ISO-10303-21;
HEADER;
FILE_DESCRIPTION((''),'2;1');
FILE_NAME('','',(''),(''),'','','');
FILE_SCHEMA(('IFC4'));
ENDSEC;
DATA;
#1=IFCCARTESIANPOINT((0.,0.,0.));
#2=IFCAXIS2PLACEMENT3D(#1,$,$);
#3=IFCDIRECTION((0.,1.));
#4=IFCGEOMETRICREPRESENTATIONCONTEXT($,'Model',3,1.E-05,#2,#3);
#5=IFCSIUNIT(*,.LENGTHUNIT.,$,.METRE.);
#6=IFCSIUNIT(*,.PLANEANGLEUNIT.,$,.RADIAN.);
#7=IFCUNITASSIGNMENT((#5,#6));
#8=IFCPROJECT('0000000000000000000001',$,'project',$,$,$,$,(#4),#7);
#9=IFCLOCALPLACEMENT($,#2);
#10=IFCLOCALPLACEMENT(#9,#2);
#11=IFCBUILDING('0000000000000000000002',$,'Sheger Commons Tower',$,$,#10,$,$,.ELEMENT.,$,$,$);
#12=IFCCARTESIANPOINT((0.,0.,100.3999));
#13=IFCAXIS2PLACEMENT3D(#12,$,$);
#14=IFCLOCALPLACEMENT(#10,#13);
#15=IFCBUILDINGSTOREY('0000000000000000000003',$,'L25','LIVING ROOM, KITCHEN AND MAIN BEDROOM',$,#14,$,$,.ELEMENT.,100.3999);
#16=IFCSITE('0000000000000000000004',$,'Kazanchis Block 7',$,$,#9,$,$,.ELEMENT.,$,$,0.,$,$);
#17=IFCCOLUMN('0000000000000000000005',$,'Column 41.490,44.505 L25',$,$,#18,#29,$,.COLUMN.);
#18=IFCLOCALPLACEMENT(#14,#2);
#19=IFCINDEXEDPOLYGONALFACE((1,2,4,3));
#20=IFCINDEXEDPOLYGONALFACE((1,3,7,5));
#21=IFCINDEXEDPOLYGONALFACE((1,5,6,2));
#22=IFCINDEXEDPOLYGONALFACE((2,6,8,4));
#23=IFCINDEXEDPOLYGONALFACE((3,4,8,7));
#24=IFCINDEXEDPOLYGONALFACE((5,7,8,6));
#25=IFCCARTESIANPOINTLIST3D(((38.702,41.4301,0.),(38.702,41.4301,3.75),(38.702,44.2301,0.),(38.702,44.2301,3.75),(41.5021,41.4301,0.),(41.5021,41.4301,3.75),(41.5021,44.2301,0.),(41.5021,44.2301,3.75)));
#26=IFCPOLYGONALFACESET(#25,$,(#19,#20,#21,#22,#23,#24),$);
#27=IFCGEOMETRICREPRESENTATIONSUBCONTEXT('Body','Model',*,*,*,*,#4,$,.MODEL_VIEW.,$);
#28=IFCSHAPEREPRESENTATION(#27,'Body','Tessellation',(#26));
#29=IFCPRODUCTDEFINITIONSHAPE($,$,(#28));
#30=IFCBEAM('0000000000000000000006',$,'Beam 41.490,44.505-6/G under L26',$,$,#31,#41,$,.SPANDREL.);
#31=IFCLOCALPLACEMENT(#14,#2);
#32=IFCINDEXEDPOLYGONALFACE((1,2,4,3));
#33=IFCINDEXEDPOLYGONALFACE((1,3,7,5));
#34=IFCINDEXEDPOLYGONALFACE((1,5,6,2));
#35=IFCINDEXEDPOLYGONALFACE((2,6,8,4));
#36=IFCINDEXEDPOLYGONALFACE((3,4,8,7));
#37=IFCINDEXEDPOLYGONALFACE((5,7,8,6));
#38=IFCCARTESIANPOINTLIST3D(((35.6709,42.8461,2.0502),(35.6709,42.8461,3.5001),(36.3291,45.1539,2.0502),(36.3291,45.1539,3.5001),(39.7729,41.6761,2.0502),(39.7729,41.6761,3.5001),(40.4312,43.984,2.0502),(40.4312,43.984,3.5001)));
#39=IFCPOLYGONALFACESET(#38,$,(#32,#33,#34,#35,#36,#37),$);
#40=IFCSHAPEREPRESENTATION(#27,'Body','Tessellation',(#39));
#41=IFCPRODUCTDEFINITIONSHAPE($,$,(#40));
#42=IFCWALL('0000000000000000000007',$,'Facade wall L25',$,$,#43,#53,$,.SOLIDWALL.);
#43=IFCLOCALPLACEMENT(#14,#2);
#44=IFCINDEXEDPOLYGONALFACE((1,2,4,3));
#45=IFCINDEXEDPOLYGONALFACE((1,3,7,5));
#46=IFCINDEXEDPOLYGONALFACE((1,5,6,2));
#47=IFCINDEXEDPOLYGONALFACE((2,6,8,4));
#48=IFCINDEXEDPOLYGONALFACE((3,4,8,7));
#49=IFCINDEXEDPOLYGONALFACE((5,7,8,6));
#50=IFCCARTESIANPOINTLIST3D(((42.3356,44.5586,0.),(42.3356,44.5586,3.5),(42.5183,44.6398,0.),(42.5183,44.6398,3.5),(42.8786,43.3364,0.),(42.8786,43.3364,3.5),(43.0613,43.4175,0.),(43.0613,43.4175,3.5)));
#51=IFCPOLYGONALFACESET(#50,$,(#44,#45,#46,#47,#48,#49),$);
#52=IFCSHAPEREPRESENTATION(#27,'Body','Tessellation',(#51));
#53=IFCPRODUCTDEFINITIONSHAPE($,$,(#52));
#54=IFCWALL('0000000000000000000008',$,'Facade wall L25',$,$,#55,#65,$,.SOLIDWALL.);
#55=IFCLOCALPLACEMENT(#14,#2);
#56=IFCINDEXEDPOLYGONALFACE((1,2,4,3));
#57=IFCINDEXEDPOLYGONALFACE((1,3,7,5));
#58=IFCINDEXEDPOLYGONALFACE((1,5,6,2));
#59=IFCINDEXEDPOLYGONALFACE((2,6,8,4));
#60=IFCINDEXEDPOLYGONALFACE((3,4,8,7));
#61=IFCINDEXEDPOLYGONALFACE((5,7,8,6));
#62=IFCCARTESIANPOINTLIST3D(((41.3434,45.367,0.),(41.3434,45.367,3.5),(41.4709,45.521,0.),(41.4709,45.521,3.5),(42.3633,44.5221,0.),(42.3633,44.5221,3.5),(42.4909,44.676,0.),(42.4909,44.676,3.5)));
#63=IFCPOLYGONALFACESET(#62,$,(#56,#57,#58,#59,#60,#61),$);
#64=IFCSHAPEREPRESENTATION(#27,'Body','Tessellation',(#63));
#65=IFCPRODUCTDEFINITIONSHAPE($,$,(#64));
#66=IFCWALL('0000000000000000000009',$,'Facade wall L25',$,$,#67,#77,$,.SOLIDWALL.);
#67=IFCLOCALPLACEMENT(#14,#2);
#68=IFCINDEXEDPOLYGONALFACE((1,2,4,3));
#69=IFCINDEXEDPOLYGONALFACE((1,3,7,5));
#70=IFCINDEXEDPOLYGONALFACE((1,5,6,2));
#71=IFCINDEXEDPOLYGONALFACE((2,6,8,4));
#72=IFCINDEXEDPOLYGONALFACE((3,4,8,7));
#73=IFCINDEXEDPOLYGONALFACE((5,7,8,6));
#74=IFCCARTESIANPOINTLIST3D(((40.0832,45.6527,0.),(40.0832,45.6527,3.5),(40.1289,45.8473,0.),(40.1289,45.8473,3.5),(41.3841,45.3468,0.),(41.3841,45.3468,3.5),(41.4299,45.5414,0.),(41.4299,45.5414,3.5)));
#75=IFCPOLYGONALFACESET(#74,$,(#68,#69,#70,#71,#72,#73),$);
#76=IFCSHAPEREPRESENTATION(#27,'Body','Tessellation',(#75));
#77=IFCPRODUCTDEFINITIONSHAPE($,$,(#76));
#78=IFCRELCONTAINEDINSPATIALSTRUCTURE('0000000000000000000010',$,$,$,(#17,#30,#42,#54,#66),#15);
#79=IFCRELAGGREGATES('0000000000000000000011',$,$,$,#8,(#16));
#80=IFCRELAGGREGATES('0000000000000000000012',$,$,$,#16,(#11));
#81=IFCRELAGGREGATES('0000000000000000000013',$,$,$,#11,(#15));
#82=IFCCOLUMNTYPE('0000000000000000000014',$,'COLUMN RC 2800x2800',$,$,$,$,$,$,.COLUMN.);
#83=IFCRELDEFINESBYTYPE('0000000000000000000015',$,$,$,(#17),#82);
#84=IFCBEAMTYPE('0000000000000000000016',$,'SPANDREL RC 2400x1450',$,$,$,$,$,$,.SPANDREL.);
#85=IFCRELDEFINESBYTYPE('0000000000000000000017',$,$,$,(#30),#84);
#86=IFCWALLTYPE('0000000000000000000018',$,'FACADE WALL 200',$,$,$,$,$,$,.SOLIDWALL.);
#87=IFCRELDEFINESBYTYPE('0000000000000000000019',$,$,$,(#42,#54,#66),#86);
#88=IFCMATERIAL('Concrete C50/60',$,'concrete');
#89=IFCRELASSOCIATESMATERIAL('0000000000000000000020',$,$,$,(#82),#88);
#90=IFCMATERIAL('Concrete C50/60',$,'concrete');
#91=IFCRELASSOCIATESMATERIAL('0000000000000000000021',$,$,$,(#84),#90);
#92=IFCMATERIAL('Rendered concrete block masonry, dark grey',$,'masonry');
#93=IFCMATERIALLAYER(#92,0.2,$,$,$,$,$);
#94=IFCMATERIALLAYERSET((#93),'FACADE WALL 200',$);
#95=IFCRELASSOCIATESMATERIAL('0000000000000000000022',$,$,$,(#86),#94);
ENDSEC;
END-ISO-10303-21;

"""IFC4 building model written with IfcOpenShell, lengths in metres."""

from ifc_helpers import new_model, si_unit, direction, frame, frame_2d, origin, origin_2d, place, context, subcontext, project, spatial, rectangle, extrude, material, layer, layer_set, material_profile, profile_set, type_object, element, save


model = new_model("IFC4")

# Units and contexts
model_context = context("Model", 3, precision=1e-05, world=origin(), true_north=direction((0.0, 1.0)))
body_context = subcontext(model_context, "Body", "Model", "MODEL_VIEW")
ifc_project = project(units=[si_unit("LENGTHUNIT", "METRE"), si_unit("PLANEANGLEUNIT", "RADIAN")], contexts=[model_context])

# Site, building, storey
site_placement = place(None, origin())
site = spatial("IfcSite", under=ifc_project, at=site_placement, Name="Kazanchis Block 7", CompositionType="ELEMENT", RefElevation=0.0)
building_placement = place(site_placement, origin())
building = spatial("IfcBuilding", under=site, at=building_placement, Name="Sheger Commons Tower", CompositionType="ELEMENT")
storey_placement = place(building_placement, frame((0.0, 0.0, 100.3999)))
storey = spatial("IfcBuildingStorey", under=building, at=storey_placement, Name="L25", Description="LIVING ROOM, KITCHEN AND MAIN BEDROOM", CompositionType="ELEMENT", Elevation=100.3999)

# Column
ifc_material_1 = material(Name="Concrete C50/60", Category="concrete")
ifc_material_profile_1 = material_profile(ifc_material_1, rectangle(XDim=2.8, YDim=2.8, at=origin_2d()), Name="RC 2800x2800")
ifc_profile_set_1 = profile_set([ifc_material_profile_1], Name="Concrete C50/60")
column_type = type_object("IfcColumnType", Name="COLUMN RC 2800x2800", PredefinedType="COLUMN", material=ifc_profile_set_1)
column_placement = place(storey_placement, frame((40.1021, 42.8301, 0.0), z_axis=(0.0, 0.0, 1.0), x_axis=(1.0, 0.0, 0.0)))
element("IfcColumn", 1, at=column_placement, inside=storey, type_object=column_type, Name="Column 41.490,44.505 L25", PredefinedType="COLUMN", context=body_context, shape_type="SweptSolid", body=[
    extrude(rectangle(XDim=2.8, YDim=2.8, at=origin_2d()), origin(), (0.0, 0.0, 1.0), 3.75),
])

# Beam
ifc_material_2 = material(Name="Concrete C50/60", Category="concrete")
ifc_material_profile_2 = material_profile(ifc_material_2, rectangle(XDim=2.3999, YDim=1.45, at=origin_2d()), Name="RC 2400x1450")
ifc_profile_set_2 = profile_set([ifc_material_profile_2], Name="Concrete C50/60")
beam_type = type_object("IfcBeamType", Name="SPANDREL RC 2400x1450", PredefinedType="SPANDREL", material=ifc_profile_set_2)
beam_placement = place(storey_placement, frame((40.1021, 42.8301, 2.7751), z_axis=(-0.961653, 0.274268, 0.0), x_axis=(-0.274268, -0.961653, 0.0)))
element("IfcBeam", 2, at=beam_placement, inside=storey, type_object=beam_type, Name="Beam 41.490,44.505-6/G under L26", PredefinedType="SPANDREL", context=body_context, shape_type="SweptSolid", body=[
    extrude(rectangle(XDim=2.3999, YDim=1.45, at=origin_2d()), origin(), (0.0, 0.0, 1.0), 4.2656),
])

# Walls
ifc_material_3 = material(Name="Rendered concrete block masonry, dark grey", Category="masonry")
ifc_layer_1 = layer(ifc_material_3, 0.2)
ifc_layer_set_1 = layer_set([ifc_layer_1], Name="FACADE WALL 200")
wall_type_1 = type_object("IfcWallType", Name="FACADE WALL 200", PredefinedType="SOLIDWALL", material=ifc_layer_set_1)
wall_1_placement = place(storey_placement, frame((42.97, 43.377, 0.0), z_axis=(0.0, 0.0, 1.0), x_axis=(-0.406003, 0.913872, 0.0)))
element("IfcWall", 3, at=wall_1_placement, inside=storey, type_object=wall_type_1, Name="Facade wall L25", PredefinedType="SOLIDWALL", context=body_context, shape_type="SweptSolid", body=[
    extrude(rectangle(XDim=1.3374, YDim=0.2, at=frame_2d((0.6687, 0.0))), origin(), (0.0, 0.0, 1.0), 3.5),
])
wall_2_placement = place(storey_placement, frame((42.427, 44.5991, 0.0), z_axis=(0.0, 0.0, 1.0), x_axis=(-0.770091, 0.637934, 0.0)))
element("IfcWall", 4, at=wall_2_placement, inside=storey, type_object=wall_type_1, Name="Facade wall L25", PredefinedType="SOLIDWALL", context=body_context, shape_type="SweptSolid", body=[
    extrude(rectangle(XDim=1.3245, YDim=0.2, at=frame_2d((0.6621, 0.0))), origin(), (0.0, 0.0, 1.0), 3.5),
])
wall_3_placement = place(storey_placement, frame((41.407, 45.4441, 0.0), z_axis=(0.0, 0.0, 1.0), x_axis=(-0.973453, 0.228887, 0.0)))
element("IfcWall", 5, at=wall_3_placement, inside=storey, type_object=wall_type_1, Name="Facade wall L25", PredefinedType="SOLIDWALL", context=body_context, shape_type="SweptSolid", body=[
    extrude(rectangle(XDim=1.3364, YDim=0.2, at=frame_2d((0.6682, 0.0))), origin(), (0.0, 0.0, 1.0), 3.5),
])

save(model, "model.ifc")
